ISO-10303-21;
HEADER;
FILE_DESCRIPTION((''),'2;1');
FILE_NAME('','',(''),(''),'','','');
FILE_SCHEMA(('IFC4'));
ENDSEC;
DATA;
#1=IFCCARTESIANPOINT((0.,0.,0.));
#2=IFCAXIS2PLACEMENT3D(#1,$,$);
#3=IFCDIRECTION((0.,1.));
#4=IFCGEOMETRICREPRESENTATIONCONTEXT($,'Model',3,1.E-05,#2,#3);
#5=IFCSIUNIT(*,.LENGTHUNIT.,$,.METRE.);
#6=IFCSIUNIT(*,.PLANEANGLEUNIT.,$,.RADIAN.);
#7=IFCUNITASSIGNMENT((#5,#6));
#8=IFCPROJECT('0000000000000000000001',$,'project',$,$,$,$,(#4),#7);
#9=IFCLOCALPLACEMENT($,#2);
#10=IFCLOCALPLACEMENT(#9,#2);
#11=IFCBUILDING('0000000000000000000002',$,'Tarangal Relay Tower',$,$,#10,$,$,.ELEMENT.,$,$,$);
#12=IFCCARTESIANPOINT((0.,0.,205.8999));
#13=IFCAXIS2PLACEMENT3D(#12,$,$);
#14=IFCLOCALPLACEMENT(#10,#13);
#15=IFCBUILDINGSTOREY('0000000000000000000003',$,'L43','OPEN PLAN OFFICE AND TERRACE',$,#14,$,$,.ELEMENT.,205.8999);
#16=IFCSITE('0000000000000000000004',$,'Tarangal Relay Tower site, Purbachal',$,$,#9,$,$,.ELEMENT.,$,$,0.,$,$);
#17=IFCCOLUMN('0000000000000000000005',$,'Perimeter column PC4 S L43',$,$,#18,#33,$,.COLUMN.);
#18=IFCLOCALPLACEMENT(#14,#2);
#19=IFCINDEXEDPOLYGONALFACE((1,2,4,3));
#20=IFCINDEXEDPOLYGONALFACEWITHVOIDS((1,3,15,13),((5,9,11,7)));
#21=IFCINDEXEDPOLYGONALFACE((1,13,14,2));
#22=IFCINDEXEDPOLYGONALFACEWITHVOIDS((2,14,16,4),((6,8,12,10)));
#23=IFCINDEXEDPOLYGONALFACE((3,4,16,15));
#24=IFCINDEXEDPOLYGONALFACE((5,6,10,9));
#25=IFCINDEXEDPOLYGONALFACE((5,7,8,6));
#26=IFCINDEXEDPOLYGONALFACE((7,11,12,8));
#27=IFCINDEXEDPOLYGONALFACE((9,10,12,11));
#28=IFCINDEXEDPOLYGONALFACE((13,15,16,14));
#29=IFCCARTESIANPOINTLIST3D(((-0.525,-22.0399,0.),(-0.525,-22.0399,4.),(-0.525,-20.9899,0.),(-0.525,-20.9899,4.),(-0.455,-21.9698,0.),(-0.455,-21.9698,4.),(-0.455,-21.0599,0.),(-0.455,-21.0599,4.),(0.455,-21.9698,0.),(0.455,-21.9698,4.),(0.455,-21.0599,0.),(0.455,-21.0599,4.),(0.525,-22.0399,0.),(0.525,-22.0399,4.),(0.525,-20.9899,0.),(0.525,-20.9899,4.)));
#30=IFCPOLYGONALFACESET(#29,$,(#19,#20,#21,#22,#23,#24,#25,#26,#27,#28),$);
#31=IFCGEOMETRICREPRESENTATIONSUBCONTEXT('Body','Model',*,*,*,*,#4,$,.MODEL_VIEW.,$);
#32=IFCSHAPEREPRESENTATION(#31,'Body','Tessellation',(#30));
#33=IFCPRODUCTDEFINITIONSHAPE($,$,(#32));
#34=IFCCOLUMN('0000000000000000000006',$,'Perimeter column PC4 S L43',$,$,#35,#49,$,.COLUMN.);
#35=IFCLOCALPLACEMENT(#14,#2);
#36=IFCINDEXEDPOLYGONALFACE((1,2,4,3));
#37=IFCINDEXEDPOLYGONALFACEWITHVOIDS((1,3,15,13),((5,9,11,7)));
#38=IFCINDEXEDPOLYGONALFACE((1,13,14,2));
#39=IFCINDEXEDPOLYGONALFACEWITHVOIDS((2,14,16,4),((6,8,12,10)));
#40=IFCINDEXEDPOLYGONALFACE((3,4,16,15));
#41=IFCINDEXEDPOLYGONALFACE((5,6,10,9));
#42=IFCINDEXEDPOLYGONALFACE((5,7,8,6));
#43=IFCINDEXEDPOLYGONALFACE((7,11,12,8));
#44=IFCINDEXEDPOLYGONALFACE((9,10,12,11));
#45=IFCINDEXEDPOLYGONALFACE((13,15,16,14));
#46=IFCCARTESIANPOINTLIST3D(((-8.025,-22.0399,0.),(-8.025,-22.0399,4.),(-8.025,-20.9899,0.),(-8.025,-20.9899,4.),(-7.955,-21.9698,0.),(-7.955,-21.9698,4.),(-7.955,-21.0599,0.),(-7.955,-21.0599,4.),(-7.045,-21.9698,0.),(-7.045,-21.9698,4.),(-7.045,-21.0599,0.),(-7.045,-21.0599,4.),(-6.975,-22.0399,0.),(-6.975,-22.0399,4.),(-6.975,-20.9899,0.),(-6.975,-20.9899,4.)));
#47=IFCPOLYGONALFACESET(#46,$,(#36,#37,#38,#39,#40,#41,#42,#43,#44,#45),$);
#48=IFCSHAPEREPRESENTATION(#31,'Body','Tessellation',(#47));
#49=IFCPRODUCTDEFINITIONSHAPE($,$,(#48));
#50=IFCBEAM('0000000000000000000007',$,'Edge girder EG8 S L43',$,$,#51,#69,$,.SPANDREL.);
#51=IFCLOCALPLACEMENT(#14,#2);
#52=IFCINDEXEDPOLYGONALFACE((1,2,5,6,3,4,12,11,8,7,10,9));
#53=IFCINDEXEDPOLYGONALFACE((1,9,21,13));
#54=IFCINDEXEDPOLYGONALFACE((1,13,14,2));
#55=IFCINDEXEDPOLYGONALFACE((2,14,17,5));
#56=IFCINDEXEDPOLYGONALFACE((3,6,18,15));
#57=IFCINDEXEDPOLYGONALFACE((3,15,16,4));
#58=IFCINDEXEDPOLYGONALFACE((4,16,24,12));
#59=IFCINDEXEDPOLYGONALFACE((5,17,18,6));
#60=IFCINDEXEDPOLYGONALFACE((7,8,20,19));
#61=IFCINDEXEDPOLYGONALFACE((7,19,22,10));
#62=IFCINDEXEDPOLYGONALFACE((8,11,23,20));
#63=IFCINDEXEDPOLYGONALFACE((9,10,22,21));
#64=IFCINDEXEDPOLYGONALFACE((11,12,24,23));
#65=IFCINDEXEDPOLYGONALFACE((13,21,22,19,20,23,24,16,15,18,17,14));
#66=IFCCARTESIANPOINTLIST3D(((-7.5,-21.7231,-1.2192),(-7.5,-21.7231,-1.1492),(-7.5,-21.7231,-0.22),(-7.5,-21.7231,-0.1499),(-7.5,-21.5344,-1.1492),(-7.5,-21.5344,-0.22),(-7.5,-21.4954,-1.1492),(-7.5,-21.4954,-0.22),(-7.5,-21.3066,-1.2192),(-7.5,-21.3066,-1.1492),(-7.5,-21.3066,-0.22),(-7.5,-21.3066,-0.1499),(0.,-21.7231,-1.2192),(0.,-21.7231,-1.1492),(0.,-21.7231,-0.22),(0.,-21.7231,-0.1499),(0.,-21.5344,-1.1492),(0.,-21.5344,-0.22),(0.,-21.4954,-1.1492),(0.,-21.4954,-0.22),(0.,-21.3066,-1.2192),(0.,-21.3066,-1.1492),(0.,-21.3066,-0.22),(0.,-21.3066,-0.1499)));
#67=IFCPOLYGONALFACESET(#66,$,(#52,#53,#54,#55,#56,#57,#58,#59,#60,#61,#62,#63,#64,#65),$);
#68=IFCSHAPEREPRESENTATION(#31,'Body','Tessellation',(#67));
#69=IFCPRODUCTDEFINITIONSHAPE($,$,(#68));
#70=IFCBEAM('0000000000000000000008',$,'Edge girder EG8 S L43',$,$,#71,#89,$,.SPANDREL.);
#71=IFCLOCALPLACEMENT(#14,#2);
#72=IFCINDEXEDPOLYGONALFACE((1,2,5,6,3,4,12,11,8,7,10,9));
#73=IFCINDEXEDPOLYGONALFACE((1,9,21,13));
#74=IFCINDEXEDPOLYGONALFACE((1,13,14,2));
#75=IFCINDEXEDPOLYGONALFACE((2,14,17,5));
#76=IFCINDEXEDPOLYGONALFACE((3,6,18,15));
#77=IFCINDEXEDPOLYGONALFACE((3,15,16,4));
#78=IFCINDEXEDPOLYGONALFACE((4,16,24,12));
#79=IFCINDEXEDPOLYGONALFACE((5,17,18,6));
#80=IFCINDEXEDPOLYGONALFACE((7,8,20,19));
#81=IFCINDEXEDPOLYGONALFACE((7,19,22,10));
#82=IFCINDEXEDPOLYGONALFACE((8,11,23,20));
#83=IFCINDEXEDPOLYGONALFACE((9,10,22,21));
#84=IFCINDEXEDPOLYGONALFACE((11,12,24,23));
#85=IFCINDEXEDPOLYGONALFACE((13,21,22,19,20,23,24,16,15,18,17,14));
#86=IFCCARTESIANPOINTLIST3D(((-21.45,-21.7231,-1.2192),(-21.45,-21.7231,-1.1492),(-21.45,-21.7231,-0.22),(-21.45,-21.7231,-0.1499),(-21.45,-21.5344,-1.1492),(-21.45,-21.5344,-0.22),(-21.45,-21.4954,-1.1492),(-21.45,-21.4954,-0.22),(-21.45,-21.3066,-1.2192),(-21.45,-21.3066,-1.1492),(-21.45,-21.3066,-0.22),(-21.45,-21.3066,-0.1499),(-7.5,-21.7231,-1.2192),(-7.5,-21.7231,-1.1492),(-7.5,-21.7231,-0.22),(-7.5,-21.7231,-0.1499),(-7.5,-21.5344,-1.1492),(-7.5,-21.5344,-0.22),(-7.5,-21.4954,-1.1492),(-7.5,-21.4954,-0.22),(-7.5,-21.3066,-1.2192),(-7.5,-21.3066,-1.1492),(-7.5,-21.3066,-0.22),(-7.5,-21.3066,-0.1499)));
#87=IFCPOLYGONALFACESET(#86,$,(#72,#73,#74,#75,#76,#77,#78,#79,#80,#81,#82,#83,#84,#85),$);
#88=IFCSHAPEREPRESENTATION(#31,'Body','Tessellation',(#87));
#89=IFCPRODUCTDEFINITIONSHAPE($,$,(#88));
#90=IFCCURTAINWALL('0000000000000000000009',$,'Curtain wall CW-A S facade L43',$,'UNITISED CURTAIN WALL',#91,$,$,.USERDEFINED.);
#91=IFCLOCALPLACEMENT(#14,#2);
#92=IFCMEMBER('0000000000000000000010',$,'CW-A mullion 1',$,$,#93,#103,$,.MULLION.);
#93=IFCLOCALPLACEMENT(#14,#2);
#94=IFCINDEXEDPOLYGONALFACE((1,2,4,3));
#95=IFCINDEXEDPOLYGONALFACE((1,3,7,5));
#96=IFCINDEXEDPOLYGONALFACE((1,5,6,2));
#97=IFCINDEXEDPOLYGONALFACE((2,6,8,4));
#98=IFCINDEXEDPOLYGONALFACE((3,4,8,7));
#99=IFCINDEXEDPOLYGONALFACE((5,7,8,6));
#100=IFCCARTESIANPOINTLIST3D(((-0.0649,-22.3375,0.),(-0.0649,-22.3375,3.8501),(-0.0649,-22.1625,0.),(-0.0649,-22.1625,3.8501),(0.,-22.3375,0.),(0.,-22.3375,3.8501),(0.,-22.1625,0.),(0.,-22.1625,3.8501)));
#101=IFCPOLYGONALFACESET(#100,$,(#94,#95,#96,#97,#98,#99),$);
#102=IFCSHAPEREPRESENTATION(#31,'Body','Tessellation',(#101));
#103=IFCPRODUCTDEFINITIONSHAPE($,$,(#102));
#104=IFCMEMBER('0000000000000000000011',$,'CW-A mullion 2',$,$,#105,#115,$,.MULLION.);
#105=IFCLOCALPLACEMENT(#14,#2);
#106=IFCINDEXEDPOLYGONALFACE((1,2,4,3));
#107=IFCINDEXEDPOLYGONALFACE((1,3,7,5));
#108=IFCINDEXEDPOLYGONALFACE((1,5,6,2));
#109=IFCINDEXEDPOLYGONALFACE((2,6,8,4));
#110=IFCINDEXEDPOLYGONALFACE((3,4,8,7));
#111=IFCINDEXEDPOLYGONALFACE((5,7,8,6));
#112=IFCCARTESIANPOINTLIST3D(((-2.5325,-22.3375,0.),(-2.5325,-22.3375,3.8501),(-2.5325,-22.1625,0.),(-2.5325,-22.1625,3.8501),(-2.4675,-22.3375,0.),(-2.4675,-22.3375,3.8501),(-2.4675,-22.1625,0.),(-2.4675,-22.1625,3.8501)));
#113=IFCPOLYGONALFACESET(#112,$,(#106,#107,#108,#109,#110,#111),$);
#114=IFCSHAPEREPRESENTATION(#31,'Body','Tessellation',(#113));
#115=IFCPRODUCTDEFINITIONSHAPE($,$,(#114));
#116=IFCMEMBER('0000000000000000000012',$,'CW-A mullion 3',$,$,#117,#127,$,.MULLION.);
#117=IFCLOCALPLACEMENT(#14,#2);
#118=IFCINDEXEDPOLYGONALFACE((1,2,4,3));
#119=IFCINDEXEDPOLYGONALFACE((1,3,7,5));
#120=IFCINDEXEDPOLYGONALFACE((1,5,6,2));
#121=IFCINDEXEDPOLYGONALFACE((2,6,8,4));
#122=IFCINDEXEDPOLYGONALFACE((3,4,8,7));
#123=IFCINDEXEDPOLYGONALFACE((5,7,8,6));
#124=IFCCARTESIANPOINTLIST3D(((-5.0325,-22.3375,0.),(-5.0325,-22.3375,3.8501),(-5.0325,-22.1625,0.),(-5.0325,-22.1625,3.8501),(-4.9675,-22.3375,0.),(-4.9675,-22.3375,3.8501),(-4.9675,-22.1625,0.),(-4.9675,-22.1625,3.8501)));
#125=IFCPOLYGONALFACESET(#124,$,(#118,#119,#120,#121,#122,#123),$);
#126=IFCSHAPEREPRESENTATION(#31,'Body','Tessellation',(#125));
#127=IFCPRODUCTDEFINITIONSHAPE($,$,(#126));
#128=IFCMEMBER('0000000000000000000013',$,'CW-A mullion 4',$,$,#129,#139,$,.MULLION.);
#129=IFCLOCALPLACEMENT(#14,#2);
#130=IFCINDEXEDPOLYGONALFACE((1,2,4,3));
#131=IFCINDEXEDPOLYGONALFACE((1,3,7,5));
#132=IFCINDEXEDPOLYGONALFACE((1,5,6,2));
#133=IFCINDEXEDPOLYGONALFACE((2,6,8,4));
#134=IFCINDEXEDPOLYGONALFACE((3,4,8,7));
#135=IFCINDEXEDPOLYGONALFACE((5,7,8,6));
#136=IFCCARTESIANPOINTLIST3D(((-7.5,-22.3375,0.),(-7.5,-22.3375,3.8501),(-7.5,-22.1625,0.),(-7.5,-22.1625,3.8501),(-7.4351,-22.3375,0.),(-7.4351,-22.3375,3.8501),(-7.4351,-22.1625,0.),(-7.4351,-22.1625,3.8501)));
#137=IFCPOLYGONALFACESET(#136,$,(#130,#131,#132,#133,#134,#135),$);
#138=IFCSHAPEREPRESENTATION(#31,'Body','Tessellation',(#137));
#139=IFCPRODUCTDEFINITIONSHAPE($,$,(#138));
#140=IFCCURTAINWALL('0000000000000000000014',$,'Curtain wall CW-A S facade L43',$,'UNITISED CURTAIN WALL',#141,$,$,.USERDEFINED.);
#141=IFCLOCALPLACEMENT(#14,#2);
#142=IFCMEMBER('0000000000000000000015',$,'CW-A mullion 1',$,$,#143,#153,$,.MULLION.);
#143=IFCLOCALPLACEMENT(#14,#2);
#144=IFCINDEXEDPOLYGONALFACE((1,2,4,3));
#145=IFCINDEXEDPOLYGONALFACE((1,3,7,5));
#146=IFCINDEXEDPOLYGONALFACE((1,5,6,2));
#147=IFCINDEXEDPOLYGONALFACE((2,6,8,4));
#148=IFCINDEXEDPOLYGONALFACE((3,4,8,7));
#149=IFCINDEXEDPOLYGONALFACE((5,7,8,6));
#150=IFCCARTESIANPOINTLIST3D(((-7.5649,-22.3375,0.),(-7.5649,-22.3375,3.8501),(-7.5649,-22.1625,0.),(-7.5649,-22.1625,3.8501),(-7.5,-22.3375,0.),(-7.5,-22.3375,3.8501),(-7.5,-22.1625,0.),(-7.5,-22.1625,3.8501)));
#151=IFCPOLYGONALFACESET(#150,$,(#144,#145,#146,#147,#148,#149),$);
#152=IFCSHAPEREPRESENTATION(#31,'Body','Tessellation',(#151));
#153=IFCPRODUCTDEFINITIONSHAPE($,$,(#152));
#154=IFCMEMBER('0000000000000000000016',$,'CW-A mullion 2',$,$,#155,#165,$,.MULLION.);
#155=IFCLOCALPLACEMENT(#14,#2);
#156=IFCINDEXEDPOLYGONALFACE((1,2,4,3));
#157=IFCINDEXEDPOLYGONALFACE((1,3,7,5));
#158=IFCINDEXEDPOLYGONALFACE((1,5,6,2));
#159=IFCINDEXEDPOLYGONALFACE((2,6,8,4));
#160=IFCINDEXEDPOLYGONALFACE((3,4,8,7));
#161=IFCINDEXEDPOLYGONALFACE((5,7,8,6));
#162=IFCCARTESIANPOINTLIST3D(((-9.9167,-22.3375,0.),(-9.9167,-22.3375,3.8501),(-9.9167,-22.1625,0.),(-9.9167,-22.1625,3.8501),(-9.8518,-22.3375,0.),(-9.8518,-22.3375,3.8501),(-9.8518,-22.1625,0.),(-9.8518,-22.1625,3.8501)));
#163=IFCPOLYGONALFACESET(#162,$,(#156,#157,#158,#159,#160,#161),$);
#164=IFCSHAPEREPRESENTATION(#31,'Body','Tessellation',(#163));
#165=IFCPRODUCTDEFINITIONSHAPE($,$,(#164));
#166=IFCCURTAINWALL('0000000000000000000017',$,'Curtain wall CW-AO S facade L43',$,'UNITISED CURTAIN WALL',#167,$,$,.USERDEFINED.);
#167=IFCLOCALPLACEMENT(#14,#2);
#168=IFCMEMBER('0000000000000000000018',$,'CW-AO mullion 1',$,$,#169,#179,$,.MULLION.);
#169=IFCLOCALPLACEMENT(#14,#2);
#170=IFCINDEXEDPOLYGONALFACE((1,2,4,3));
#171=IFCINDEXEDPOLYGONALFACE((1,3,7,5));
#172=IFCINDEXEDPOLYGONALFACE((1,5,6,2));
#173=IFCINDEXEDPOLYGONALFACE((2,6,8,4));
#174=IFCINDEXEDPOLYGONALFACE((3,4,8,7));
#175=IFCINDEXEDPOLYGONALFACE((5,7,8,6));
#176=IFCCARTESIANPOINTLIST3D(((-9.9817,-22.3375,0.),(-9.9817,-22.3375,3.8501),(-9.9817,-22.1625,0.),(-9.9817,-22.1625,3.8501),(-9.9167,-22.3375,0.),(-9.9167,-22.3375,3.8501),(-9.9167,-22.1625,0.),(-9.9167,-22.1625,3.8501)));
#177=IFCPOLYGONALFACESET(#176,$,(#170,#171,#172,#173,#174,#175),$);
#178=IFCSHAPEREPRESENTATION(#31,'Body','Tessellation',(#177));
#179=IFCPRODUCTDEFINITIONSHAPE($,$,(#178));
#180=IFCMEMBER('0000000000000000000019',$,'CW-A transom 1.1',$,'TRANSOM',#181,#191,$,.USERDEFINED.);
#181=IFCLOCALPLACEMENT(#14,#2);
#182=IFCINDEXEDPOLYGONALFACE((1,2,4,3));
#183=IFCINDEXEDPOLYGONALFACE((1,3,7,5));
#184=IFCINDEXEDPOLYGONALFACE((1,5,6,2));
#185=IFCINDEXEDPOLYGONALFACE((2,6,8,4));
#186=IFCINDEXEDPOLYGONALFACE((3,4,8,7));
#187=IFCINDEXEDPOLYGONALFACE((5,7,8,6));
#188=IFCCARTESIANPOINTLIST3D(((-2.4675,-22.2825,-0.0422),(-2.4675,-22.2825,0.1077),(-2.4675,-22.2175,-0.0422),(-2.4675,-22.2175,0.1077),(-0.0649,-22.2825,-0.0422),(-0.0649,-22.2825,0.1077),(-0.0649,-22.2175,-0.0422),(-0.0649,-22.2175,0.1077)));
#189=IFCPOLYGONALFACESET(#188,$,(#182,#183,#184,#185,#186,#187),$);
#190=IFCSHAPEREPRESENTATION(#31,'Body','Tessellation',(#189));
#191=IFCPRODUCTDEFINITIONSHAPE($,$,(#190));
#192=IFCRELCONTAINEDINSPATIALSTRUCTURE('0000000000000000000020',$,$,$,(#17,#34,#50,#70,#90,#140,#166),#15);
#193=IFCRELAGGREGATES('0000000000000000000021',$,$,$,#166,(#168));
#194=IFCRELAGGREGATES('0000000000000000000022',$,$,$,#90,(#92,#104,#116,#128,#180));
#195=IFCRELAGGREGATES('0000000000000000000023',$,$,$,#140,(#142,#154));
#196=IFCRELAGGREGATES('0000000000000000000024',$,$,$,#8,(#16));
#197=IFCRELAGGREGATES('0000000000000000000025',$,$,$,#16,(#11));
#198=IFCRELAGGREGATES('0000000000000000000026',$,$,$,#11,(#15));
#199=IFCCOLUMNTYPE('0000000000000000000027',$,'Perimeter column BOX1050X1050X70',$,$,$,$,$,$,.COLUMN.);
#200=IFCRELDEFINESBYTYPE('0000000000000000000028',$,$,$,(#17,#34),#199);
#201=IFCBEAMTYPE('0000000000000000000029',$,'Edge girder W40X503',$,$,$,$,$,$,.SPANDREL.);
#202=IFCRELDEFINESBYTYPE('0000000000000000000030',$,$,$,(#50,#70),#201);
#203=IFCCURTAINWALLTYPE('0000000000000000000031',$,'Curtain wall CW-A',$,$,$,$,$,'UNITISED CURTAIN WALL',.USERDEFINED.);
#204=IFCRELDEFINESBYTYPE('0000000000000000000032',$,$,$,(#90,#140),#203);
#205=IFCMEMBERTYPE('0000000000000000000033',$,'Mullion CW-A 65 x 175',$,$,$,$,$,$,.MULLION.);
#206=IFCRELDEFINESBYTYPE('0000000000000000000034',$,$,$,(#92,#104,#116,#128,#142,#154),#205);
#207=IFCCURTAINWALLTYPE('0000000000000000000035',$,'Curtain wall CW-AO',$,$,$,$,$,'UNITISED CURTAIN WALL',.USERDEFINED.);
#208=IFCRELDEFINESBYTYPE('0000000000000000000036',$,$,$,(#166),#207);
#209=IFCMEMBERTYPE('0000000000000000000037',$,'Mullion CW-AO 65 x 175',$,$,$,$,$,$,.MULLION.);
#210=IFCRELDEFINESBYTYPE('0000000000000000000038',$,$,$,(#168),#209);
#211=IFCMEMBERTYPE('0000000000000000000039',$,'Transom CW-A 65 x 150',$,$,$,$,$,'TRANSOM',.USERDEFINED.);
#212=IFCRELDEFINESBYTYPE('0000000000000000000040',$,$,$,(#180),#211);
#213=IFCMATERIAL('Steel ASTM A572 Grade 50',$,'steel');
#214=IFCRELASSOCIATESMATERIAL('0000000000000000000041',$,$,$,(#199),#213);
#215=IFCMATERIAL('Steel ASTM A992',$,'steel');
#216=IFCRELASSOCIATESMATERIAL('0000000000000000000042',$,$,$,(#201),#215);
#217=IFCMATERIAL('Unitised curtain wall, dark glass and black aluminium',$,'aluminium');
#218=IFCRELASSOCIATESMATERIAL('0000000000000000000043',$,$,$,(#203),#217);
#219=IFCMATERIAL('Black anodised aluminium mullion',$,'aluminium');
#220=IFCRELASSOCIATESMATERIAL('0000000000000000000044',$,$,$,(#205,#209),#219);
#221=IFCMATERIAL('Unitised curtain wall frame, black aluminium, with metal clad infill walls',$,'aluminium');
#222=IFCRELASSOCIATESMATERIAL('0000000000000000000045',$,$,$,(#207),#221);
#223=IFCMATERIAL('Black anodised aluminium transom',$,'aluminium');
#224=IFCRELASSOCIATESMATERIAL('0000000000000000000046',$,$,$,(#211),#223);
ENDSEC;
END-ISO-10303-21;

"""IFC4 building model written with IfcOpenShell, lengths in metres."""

from ifc_helpers import new_model, si_unit, direction, frame, origin, origin_2d, place, context, subcontext, project, spatial, rectangle, hollow_rectangle, i_section, extrude, material, material_profile, profile_set, type_object, element, aggregate, save


model = new_model("IFC4")

# Units and contexts
model_context = context("Model", 3, precision=1e-05, world=origin(), true_north=direction((0.0, 1.0)))
body_context = subcontext(model_context, "Body", "Model", "MODEL_VIEW")
ifc_project = project(units=[si_unit("LENGTHUNIT", "METRE"), si_unit("PLANEANGLEUNIT", "RADIAN")], contexts=[model_context])

# Site, building, storey
site_placement = place(None, origin())
site = spatial("IfcSite", under=ifc_project, at=site_placement, Name="Tarangal Relay Tower site, Purbachal", CompositionType="ELEMENT", RefElevation=0.0)
building_placement = place(site_placement, origin())
building = spatial("IfcBuilding", under=site, at=building_placement, Name="Tarangal Relay Tower", CompositionType="ELEMENT")
storey_placement = place(building_placement, frame((0.0, 0.0, 205.8999)))
storey = spatial("IfcBuildingStorey", under=building, at=storey_placement, Name="L43", Description="OPEN PLAN OFFICE AND TERRACE", CompositionType="ELEMENT", Elevation=205.8999)

# Columns
ifc_material_1 = material(Name="Steel ASTM A572 Grade 50", Category="steel")
ifc_material_profile_1 = material_profile(ifc_material_1, hollow_rectangle(XDim=1.05, YDim=1.05, WallThickness=0.0701, at=origin_2d()), Name="BOX1050X1050X70")
ifc_profile_set_1 = profile_set([ifc_material_profile_1], Name="Steel ASTM A572 Grade 50")
column_type = type_object("IfcColumnType", Name="Perimeter column BOX1050X1050X70", PredefinedType="COLUMN", material=ifc_profile_set_1)
for number, where, z_axis, x_axis, name in (
    (1, (0.0, -21.5149, 0.0), (0.0, 0.0, 1.0), (1.0, 0.0, 0.0), "Perimeter column PC4 S L43"),
    (2, (-7.5, -21.5149, 0.0), (0.0, 0.0, 1.0), (1.0, 0.0, 0.0), "Perimeter column PC4 S L43"),
):
    element("IfcColumn", number, at=place(storey_placement, frame(where, z_axis=z_axis, x_axis=x_axis)), inside=storey, type_object=column_type, Name=name, PredefinedType="COLUMN", context=body_context, shape_type="SweptSolid", body=[
        extrude(hollow_rectangle(XDim=1.05, YDim=1.05, WallThickness=0.0701, at=origin_2d()), origin(), (0.0, 0.0, 1.0), 4.0),
    ])

# Beams
ifc_material_2 = material(Name="Steel ASTM A992", Category="steel")
ifc_material_profile_2 = material_profile(ifc_material_2, i_section(OverallWidth=0.4165, OverallDepth=1.0693, WebThickness=0.0391, FlangeThickness=0.0701, at=origin_2d()), Name="W40X503")
ifc_profile_set_2 = profile_set([ifc_material_profile_2], Name="Steel ASTM A992")
beam_type = type_object("IfcBeamType", Name="Edge girder W40X503", PredefinedType="SPANDREL", material=ifc_profile_set_2)
beam_1_placement = place(storey_placement, frame((0.0, -21.5149, -0.6846), z_axis=(-1.0, 0.0, 0.0), x_axis=(0.0, -1.0, 0.0)))
element("IfcBeam", 3, at=beam_1_placement, inside=storey, type_object=beam_type, Name="Edge girder EG8 S L43", PredefinedType="SPANDREL", context=body_context, shape_type="SweptSolid", body=[
    extrude(i_section(OverallWidth=0.4165, OverallDepth=1.0693, WebThickness=0.0391, FlangeThickness=0.0701, at=origin_2d()), origin(), (0.0, 0.0, 1.0), 7.5),
])
beam_2_placement = place(storey_placement, frame((-7.5, -21.5149, -0.6846), z_axis=(-1.0, 0.0, 0.0), x_axis=(0.0, -1.0, 0.0)))
element("IfcBeam", 4, at=beam_2_placement, inside=storey, type_object=beam_type, Name="Edge girder EG8 S L43", PredefinedType="SPANDREL", context=body_context, shape_type="SweptSolid", body=[
    extrude(i_section(OverallWidth=0.4165, OverallDepth=1.0693, WebThickness=0.0391, FlangeThickness=0.0701, at=origin_2d()), origin(), (0.0, 0.0, 1.0), 13.95),
])

# Curtain walls, members
ifc_material_3 = material(Name="Unitised curtain wall, dark glass and black aluminium", Category="aluminium")
curtain_wall_type_1 = type_object("IfcCurtainWallType", Name="Curtain wall CW-A", ElementType="UNITISED CURTAIN WALL", PredefinedType="USERDEFINED", material=ifc_material_3)
curtain_wall_1_placement = place(storey_placement, origin())
curtain_wall_1 = element("IfcCurtainWall", 5, at=curtain_wall_1_placement, inside=storey, type_object=curtain_wall_type_1, Name="Curtain wall CW-A S facade L43", ObjectType="UNITISED CURTAIN WALL", PredefinedType="USERDEFINED")
ifc_material_4 = material(Name="Black anodised aluminium mullion", Category="aluminium")
ifc_material_profile_3 = material_profile(ifc_material_4, rectangle(XDim=0.175, YDim=0.0649, at=origin_2d()), Name="CW-AM 65X175")
ifc_profile_set_3 = profile_set([ifc_material_profile_3], Name="Black anodised aluminium mullion")
member_type_1 = type_object("IfcMemberType", Name="Mullion CW-A 65 x 175", PredefinedType="MULLION", material=ifc_profile_set_3)
member_1_placement = place(storey_placement, frame((-0.0325, -22.25, 0.0), z_axis=(0.0, 0.0, 1.0), x_axis=(0.0, -1.0, 0.0)))
member_1 = element("IfcMember", 6, at=member_1_placement, type_object=member_type_1, Name="CW-A mullion 1", PredefinedType="MULLION", context=body_context, shape_type="SweptSolid", body=[
    extrude(rectangle(XDim=0.175, YDim=0.0649, at=origin_2d()), origin(), (0.0, 0.0, 1.0), 3.8501),
])
member_2_placement = place(storey_placement, frame((-2.5, -22.25, 0.0), z_axis=(0.0, 0.0, 1.0), x_axis=(0.0, -1.0, 0.0)))
member_2 = element("IfcMember", 7, at=member_2_placement, type_object=member_type_1, Name="CW-A mullion 2", PredefinedType="MULLION", context=body_context, shape_type="SweptSolid", body=[
    extrude(rectangle(XDim=0.175, YDim=0.0649, at=origin_2d()), origin(), (0.0, 0.0, 1.0), 3.8501),
])
member_3_placement = place(storey_placement, frame((-5.0, -22.25, 0.0), z_axis=(0.0, 0.0, 1.0), x_axis=(0.0, -1.0, 0.0)))
member_3 = element("IfcMember", 8, at=member_3_placement, type_object=member_type_1, Name="CW-A mullion 3", PredefinedType="MULLION", context=body_context, shape_type="SweptSolid", body=[
    extrude(rectangle(XDim=0.175, YDim=0.0649, at=origin_2d()), origin(), (0.0, 0.0, 1.0), 3.8501),
])
member_4_placement = place(storey_placement, frame((-7.4675, -22.25, 0.0), z_axis=(0.0, 0.0, 1.0), x_axis=(0.0, -1.0, 0.0)))
member_4 = element("IfcMember", 9, at=member_4_placement, type_object=member_type_1, Name="CW-A mullion 4", PredefinedType="MULLION", context=body_context, shape_type="SweptSolid", body=[
    extrude(rectangle(XDim=0.175, YDim=0.0649, at=origin_2d()), origin(), (0.0, 0.0, 1.0), 3.8501),
])
curtain_wall_2_placement = place(storey_placement, origin())
curtain_wall_2 = element("IfcCurtainWall", 10, at=curtain_wall_2_placement, inside=storey, type_object=curtain_wall_type_1, Name="Curtain wall CW-A S facade L43", ObjectType="UNITISED CURTAIN WALL", PredefinedType="USERDEFINED")
member_5_placement = place(storey_placement, frame((-7.5325, -22.25, 0.0), z_axis=(0.0, 0.0, 1.0), x_axis=(0.0, -1.0, 0.0)))
member_5 = element("IfcMember", 11, at=member_5_placement, type_object=member_type_1, Name="CW-A mullion 1", PredefinedType="MULLION", context=body_context, shape_type="SweptSolid", body=[
    extrude(rectangle(XDim=0.175, YDim=0.0649, at=origin_2d()), origin(), (0.0, 0.0, 1.0), 3.8501),
])
member_6_placement = place(storey_placement, frame((-9.8843, -22.25, 0.0), z_axis=(0.0, 0.0, 1.0), x_axis=(0.0, -1.0, 0.0)))
member_6 = element("IfcMember", 12, at=member_6_placement, type_object=member_type_1, Name="CW-A mullion 2", PredefinedType="MULLION", context=body_context, shape_type="SweptSolid", body=[
    extrude(rectangle(XDim=0.175, YDim=0.0649, at=origin_2d()), origin(), (0.0, 0.0, 1.0), 3.8501),
])

# Curtain wall, member
ifc_material_5 = material(Name="Unitised curtain wall frame, black aluminium, with metal clad infill walls", Category="aluminium")
curtain_wall_type_2 = type_object("IfcCurtainWallType", Name="Curtain wall CW-AO", ElementType="UNITISED CURTAIN WALL", PredefinedType="USERDEFINED", material=ifc_material_5)
curtain_wall_3_placement = place(storey_placement, origin())
curtain_wall_3 = element("IfcCurtainWall", 13, at=curtain_wall_3_placement, inside=storey, type_object=curtain_wall_type_2, Name="Curtain wall CW-AO S facade L43", ObjectType="UNITISED CURTAIN WALL", PredefinedType="USERDEFINED")
ifc_material_profile_4 = material_profile(ifc_material_4, rectangle(XDim=0.175, YDim=0.0649, at=origin_2d()), Name="CW-AOM 65X175")
ifc_profile_set_4 = profile_set([ifc_material_profile_4], Name="Black anodised aluminium mullion")
member_type_2 = type_object("IfcMemberType", Name="Mullion CW-AO 65 x 175", PredefinedType="MULLION", material=ifc_profile_set_4)
member_7_placement = place(storey_placement, frame((-9.9492, -22.25, 0.0), z_axis=(0.0, 0.0, 1.0), x_axis=(0.0, -1.0, 0.0)))
member_7 = element("IfcMember", 14, at=member_7_placement, type_object=member_type_2, Name="CW-AO mullion 1", PredefinedType="MULLION", context=body_context, shape_type="SweptSolid", body=[
    extrude(rectangle(XDim=0.175, YDim=0.0649, at=origin_2d()), origin(), (0.0, 0.0, 1.0), 3.8501),
])

# Member
ifc_material_6 = material(Name="Black anodised aluminium transom", Category="aluminium")
ifc_material_profile_5 = material_profile(ifc_material_6, rectangle(XDim=0.0649, YDim=0.1499, at=origin_2d()), Name="CW-AT 65X150")
ifc_profile_set_5 = profile_set([ifc_material_profile_5], Name="Black anodised aluminium transom")
member_type_3 = type_object("IfcMemberType", Name="Transom CW-A 65 x 150", ElementType="TRANSOM", PredefinedType="USERDEFINED", material=ifc_profile_set_5)
member_8_placement = place(storey_placement, frame((-0.0649, -22.25, 0.0327), z_axis=(-1.0, 0.0, 0.0), x_axis=(0.0, -1.0, 0.0)))
member_8 = element("IfcMember", 15, at=member_8_placement, type_object=member_type_3, Name="CW-A transom 1.1", ObjectType="TRANSOM", PredefinedType="USERDEFINED", context=body_context, shape_type="SweptSolid", body=[
    extrude(rectangle(XDim=0.0649, YDim=0.1499, at=origin_2d()), origin(), (0.0, 0.0, 1.0), 2.4026),
])
aggregate(curtain_wall_3, [member_7])

aggregate(curtain_wall_1, [member_1, member_2, member_3, member_4, member_8])
aggregate(curtain_wall_2, [member_5, member_6])

save(model, "model.ifc")
